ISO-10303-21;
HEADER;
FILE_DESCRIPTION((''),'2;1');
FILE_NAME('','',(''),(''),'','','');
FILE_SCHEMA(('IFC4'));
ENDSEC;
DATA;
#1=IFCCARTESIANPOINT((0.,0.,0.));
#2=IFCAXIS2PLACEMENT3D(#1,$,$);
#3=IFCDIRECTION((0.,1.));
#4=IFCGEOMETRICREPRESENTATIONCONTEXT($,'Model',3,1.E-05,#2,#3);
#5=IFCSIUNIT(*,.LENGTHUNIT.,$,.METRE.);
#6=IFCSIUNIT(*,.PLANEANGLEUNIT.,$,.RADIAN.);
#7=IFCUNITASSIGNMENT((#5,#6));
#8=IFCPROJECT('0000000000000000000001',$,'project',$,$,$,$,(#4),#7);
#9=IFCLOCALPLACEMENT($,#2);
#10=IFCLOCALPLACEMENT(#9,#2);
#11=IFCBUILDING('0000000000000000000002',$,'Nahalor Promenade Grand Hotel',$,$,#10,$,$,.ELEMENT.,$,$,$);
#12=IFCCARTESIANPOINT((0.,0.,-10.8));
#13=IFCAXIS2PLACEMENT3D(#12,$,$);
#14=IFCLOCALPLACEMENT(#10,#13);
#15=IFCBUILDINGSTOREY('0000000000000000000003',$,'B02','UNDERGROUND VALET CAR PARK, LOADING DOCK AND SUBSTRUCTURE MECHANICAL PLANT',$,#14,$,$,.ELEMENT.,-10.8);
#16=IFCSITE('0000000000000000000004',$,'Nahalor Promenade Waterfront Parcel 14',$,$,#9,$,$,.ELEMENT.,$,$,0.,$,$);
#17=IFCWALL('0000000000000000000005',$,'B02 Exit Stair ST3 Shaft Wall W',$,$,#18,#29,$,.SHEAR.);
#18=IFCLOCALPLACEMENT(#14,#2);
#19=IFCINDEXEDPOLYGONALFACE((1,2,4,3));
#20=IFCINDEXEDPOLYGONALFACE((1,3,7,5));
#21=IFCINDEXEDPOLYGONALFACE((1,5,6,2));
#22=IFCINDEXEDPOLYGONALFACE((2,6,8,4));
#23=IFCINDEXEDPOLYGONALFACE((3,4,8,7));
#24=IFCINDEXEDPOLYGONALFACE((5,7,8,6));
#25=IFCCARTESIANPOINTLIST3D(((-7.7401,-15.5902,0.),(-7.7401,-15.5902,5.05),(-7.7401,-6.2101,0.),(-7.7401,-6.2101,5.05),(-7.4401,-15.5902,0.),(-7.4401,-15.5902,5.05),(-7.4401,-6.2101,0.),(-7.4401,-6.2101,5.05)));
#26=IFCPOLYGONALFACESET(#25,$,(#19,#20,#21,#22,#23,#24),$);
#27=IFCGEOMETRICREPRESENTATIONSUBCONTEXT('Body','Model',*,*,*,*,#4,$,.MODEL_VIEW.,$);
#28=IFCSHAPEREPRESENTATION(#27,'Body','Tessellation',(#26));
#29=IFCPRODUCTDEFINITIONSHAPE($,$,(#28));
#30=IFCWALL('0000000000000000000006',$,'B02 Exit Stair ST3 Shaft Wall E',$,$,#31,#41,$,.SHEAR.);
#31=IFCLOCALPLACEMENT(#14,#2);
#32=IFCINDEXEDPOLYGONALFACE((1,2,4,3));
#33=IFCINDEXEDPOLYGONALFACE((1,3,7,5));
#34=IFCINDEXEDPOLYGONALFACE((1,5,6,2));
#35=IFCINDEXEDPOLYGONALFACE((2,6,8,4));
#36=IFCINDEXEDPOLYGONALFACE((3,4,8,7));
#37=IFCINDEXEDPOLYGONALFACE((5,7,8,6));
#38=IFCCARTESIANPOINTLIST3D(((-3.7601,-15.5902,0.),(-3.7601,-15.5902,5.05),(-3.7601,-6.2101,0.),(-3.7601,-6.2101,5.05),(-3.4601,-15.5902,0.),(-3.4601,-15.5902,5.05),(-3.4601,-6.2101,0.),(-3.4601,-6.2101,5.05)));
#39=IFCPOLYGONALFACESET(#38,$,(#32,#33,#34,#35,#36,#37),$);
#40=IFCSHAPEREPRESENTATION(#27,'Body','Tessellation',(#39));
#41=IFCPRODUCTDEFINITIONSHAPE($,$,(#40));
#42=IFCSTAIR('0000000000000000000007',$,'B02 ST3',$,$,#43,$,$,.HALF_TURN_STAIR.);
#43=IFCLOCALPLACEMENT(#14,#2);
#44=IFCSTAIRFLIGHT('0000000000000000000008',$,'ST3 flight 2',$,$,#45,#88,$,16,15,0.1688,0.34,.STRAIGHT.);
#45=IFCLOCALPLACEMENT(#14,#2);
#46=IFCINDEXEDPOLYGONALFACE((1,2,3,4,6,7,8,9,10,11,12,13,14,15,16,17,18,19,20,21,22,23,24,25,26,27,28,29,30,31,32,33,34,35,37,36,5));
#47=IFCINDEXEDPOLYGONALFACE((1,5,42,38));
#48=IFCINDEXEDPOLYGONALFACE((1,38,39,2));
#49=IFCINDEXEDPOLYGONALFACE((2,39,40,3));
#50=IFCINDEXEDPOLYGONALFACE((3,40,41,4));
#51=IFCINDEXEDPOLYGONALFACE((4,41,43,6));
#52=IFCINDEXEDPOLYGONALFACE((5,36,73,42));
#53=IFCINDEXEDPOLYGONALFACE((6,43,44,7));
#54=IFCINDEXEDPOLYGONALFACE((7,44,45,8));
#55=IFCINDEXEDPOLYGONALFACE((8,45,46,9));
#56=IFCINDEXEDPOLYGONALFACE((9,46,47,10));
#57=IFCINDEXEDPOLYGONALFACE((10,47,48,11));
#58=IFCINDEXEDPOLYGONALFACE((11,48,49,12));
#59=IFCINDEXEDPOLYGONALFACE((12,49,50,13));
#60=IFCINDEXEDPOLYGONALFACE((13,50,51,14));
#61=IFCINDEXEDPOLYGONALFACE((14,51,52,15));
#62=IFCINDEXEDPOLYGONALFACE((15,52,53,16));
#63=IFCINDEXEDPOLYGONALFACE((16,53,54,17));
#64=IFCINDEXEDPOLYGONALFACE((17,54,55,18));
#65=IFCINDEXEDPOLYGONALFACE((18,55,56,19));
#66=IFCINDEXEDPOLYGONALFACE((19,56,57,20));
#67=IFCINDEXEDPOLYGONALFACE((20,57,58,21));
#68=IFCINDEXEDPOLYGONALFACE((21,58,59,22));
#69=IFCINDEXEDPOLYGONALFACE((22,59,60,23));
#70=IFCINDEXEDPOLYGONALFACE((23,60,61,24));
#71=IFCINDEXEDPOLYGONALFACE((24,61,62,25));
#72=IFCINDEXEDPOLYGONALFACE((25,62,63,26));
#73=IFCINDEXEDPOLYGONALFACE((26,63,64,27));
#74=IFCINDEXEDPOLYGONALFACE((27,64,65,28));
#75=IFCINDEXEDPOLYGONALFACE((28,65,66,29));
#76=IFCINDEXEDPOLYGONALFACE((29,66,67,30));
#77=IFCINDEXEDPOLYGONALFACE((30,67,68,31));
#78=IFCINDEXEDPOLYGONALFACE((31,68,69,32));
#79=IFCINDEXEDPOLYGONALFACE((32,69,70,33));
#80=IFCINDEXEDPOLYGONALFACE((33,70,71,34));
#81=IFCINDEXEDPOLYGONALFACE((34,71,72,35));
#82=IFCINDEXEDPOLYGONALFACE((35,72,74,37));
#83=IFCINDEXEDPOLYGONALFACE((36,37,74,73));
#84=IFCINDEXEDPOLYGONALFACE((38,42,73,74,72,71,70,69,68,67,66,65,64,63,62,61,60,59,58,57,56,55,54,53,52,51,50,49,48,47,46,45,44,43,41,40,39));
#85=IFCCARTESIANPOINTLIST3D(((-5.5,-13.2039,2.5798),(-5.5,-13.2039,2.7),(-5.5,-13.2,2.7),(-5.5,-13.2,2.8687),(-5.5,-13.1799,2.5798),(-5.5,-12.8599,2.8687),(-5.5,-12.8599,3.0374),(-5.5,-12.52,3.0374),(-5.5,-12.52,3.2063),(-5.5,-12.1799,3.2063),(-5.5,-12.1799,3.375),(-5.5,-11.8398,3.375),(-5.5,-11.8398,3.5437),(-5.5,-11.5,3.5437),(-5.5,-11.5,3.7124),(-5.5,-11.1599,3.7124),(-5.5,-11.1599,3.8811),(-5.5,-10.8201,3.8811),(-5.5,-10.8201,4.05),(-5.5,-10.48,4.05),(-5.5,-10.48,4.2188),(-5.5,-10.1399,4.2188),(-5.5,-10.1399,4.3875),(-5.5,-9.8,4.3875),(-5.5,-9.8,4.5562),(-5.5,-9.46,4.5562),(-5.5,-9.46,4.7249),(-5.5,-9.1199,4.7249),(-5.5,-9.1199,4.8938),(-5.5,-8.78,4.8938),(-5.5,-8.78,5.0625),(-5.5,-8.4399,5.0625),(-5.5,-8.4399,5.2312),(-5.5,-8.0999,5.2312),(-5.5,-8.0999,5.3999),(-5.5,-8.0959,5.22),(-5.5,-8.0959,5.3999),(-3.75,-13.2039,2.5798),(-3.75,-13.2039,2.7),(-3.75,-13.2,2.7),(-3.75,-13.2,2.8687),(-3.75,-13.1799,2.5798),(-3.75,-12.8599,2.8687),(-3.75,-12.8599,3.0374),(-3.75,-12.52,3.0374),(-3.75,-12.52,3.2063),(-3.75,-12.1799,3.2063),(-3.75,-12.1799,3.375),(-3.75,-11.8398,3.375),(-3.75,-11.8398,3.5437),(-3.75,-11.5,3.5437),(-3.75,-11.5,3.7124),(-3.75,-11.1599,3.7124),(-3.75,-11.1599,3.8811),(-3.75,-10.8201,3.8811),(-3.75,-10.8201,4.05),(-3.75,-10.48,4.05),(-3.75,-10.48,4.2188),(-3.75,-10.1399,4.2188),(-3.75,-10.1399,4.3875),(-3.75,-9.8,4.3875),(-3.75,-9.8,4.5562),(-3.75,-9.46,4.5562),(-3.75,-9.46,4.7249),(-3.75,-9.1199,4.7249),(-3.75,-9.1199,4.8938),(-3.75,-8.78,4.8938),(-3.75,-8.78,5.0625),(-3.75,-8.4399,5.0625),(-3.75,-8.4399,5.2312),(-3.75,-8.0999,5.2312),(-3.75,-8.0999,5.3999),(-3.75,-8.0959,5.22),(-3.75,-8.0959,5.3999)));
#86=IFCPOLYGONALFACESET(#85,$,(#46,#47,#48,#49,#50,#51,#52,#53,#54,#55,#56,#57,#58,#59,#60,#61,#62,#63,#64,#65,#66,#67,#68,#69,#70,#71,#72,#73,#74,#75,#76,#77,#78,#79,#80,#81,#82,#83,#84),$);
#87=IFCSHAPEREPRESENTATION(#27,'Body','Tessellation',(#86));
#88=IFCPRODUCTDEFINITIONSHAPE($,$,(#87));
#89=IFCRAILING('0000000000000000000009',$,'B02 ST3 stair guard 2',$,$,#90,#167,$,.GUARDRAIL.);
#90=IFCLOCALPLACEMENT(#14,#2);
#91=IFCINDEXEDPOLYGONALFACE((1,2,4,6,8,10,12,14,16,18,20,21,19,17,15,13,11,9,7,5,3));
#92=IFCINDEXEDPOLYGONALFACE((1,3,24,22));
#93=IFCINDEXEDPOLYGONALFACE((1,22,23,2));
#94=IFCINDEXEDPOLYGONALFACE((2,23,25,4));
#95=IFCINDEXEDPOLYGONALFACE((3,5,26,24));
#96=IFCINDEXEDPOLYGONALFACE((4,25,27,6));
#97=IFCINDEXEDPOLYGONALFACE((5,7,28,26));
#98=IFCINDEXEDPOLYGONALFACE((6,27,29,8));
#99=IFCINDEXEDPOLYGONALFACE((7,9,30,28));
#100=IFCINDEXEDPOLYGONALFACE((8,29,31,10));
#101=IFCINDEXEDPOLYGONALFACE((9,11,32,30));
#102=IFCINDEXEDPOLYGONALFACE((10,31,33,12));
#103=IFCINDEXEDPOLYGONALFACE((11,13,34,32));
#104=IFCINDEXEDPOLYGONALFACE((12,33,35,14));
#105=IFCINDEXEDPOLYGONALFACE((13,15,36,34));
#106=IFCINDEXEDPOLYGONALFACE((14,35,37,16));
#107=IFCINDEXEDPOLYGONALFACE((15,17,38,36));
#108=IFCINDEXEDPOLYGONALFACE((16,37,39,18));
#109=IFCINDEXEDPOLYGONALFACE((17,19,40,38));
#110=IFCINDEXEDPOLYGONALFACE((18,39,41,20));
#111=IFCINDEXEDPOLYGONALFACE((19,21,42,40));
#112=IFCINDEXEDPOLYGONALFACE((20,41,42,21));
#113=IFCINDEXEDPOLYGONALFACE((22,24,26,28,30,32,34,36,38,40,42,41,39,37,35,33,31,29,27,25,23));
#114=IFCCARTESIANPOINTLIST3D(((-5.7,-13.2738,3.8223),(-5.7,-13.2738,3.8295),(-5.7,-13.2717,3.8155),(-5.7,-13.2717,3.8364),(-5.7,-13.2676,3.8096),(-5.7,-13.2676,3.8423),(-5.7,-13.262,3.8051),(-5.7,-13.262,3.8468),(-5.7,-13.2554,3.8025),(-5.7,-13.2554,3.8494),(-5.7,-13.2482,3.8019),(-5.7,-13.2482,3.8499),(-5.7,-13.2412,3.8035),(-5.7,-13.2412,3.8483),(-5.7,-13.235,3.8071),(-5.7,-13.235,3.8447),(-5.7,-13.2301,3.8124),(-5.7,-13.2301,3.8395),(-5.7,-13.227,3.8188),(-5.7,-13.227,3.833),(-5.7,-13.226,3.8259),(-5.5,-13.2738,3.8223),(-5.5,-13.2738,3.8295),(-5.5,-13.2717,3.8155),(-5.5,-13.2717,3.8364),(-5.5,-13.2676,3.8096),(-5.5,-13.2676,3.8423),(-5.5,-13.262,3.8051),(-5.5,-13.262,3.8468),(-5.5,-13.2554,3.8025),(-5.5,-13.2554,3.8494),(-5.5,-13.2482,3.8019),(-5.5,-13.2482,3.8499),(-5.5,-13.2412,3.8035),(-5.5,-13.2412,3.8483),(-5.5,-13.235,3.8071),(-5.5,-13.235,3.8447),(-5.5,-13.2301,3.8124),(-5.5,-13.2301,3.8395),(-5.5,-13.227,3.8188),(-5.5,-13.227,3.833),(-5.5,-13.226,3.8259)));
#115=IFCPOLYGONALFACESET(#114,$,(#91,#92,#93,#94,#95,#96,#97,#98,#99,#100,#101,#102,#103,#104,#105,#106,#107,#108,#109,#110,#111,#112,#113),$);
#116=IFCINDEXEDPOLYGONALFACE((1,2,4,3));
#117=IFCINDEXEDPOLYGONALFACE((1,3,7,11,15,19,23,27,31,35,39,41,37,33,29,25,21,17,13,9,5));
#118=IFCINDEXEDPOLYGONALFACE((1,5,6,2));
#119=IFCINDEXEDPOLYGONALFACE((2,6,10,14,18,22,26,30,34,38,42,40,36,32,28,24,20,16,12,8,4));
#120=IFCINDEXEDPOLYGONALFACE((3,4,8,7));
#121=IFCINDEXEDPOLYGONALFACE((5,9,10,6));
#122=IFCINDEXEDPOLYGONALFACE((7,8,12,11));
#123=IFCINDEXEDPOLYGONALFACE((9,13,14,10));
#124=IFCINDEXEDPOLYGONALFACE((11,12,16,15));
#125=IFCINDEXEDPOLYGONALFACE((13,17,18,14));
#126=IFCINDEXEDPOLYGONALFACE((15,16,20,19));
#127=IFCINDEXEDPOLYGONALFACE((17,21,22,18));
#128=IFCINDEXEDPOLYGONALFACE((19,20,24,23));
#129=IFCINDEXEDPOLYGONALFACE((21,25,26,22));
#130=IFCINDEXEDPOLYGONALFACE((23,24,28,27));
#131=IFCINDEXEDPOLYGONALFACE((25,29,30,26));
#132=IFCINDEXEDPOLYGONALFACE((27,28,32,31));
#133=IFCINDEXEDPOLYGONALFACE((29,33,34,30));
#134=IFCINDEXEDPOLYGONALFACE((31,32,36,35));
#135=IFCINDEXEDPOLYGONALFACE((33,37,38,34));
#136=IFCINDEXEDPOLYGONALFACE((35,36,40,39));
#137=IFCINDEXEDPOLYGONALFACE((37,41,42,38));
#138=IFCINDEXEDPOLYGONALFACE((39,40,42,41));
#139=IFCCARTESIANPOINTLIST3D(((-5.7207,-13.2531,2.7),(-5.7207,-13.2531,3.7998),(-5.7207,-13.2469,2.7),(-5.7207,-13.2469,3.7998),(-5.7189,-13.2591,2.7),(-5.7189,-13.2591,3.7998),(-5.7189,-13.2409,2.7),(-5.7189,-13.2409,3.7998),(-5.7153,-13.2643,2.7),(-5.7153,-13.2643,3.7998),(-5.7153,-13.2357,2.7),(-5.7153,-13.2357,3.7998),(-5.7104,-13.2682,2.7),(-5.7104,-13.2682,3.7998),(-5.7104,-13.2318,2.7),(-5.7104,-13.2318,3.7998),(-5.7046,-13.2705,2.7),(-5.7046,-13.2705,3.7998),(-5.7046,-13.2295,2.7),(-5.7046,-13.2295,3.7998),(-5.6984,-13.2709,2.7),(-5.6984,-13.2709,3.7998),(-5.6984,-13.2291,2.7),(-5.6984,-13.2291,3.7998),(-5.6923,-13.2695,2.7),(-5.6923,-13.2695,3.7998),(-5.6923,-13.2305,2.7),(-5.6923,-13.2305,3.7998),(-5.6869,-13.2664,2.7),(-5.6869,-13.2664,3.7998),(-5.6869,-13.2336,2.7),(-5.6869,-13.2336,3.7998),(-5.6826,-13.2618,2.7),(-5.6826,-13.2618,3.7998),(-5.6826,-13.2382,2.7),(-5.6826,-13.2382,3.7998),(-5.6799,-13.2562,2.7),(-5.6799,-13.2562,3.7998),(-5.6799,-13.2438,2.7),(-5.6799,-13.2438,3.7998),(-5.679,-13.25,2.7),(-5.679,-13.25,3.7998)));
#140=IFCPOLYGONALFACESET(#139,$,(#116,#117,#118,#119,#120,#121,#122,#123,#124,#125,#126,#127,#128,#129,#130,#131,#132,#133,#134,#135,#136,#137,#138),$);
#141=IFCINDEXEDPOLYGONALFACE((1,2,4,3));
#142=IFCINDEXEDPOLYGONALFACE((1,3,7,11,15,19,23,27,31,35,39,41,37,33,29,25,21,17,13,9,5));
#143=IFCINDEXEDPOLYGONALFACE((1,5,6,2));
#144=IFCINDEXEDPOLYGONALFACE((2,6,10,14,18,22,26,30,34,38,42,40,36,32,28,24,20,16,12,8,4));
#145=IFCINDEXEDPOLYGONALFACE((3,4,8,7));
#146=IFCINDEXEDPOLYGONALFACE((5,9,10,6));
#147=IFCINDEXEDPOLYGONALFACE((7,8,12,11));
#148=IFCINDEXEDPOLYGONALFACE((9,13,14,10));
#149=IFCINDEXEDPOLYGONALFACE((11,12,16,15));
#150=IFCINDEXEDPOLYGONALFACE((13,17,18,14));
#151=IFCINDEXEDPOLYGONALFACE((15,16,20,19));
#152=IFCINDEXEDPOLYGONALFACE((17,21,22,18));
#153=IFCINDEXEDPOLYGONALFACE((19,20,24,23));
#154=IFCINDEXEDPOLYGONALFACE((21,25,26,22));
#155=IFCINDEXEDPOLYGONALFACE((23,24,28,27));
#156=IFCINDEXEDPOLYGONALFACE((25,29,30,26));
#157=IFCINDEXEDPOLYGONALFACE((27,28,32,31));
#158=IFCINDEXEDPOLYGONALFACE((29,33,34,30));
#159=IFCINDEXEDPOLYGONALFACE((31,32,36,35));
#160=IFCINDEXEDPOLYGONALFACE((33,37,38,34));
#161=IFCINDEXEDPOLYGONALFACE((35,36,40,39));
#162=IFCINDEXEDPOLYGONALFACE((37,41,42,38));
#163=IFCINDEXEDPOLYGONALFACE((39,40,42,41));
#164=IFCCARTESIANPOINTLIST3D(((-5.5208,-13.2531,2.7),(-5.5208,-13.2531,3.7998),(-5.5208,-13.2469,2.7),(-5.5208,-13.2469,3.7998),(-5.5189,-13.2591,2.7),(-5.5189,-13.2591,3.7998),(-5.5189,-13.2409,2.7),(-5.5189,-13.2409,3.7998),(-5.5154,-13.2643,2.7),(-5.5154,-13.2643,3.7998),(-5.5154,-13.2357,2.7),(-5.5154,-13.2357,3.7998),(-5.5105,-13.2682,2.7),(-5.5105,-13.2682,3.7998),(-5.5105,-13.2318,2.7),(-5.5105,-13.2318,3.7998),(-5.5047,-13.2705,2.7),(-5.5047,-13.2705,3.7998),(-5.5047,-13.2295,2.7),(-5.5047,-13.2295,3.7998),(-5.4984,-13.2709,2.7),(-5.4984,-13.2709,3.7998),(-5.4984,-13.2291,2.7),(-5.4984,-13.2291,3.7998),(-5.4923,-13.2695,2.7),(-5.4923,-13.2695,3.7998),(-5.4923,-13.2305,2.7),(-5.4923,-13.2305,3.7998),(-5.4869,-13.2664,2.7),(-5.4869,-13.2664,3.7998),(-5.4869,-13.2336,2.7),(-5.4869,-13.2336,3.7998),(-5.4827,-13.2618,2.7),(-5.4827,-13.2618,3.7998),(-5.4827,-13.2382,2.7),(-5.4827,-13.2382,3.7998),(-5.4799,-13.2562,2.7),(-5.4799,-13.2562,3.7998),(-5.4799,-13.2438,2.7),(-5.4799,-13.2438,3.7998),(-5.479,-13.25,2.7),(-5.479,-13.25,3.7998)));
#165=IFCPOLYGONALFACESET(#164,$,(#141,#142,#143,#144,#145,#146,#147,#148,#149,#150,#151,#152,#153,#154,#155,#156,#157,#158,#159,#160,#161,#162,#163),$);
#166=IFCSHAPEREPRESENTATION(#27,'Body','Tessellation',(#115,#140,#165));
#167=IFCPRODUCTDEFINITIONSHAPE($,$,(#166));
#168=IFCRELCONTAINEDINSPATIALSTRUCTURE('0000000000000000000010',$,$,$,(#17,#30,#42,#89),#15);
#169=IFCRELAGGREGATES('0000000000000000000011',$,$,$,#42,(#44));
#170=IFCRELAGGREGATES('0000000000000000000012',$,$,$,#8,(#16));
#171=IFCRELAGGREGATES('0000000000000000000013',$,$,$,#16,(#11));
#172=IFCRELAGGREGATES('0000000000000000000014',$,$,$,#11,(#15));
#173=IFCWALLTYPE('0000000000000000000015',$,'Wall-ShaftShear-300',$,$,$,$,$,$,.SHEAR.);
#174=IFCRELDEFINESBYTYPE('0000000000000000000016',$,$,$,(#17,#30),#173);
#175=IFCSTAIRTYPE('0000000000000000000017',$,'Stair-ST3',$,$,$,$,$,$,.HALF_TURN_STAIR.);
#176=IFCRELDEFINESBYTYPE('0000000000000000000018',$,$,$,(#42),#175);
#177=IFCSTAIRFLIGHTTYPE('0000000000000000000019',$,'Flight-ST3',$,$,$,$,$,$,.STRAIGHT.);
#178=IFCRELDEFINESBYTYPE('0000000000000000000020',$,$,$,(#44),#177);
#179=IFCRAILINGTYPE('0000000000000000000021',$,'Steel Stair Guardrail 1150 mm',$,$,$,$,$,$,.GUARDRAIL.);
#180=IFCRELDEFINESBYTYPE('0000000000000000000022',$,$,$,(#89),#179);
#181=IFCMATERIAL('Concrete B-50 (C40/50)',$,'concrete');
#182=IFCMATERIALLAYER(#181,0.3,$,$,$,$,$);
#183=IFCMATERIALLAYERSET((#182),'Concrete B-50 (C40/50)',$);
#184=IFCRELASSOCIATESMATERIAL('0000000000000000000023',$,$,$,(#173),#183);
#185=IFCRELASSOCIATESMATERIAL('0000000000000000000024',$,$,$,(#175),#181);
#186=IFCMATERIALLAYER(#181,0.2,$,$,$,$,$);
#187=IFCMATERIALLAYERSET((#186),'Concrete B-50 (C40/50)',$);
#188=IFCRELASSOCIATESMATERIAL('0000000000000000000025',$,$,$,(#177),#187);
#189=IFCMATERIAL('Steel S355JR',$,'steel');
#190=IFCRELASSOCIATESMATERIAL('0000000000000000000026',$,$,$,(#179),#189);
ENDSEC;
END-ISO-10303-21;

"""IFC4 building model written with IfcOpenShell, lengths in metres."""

from ifc_helpers import new_model, si_unit, direction, frame, frame_2d, origin, origin_2d, place, context, subcontext, project, spatial, polyline, rectangle, circle, outline, extrude, source, transform, mapped, material, layer, layer_set, type_object, element, aggregate, save


model = new_model("IFC4")

# Units and contexts
model_context = context("Model", 3, precision=1e-05, world=origin(), true_north=direction((0.0, 1.0)))
body_context = subcontext(model_context, "Body", "Model", "MODEL_VIEW")
ifc_project = project(units=[si_unit("LENGTHUNIT", "METRE"), si_unit("PLANEANGLEUNIT", "RADIAN")], contexts=[model_context])

# Site, building, storey
site_placement = place(None, origin())
site = spatial("IfcSite", under=ifc_project, at=site_placement, Name="Nahalor Promenade Waterfront Parcel 14", CompositionType="ELEMENT", RefElevation=0.0)
building_placement = place(site_placement, origin())
building = spatial("IfcBuilding", under=site, at=building_placement, Name="Nahalor Promenade Grand Hotel", CompositionType="ELEMENT")
storey_placement = place(building_placement, frame((0.0, 0.0, -10.8)))
storey = spatial("IfcBuildingStorey", under=building, at=storey_placement, Name="B02", Description="UNDERGROUND VALET CAR PARK, LOADING DOCK AND SUBSTRUCTURE MECHANICAL PLANT", CompositionType="ELEMENT", Elevation=-10.8)

# Shared definitions
ifc_material_1 = material(Name="Concrete B-50 (C40/50)", Category="concrete")

# Shared definitions
ifc_material_2 = material(Name="Steel S355JR", Category="steel")

# Walls
ifc_layer_1 = layer(ifc_material_1, 0.3)
ifc_layer_set_1 = layer_set([ifc_layer_1], Name="Concrete B-50 (C40/50)")
wall_type = type_object("IfcWallType", Name="Wall-ShaftShear-300", PredefinedType="SHEAR", material=ifc_layer_set_1)
shared_shape_1 = source(origin(), body_context, "Body", "SweptSolid", [
    extrude(rectangle(XDim=9.3801, YDim=0.3, at=frame_2d((4.6899, 0.0))), origin(), (0.0, 0.0, 1.0), 5.05),
])
for number, where, z_axis, x_axis, name in (
    (1, (-7.5901, -15.5901, 0.0), (0.0, 0.0, 1.0), (0.0, 1.0, 0.0), "B02 Exit Stair ST3 Shaft Wall W"),
    (2, (-3.6101, -15.5901, 0.0), (0.0, 0.0, 1.0), (0.0, 1.0, 0.0), "B02 Exit Stair ST3 Shaft Wall E"),
):
    element("IfcWall", number, at=place(storey_placement, frame(where, z_axis=z_axis, x_axis=x_axis)), inside=storey, type_object=wall_type, Name=name, PredefinedType="SHEAR", context=body_context, shape_type="MappedRepresentation", body=[
        mapped(shared_shape_1, transform((0.0, 0.0, 0.0), scale=1.0)),
    ])

# Stair, stair flight
stair_type = type_object("IfcStairType", Name="Stair-ST3", PredefinedType="HALF_TURN_STAIR", material=ifc_material_1)
stair_placement = place(storey_placement, origin())
stair = element("IfcStair", 3, at=stair_placement, inside=storey, type_object=stair_type, Name="B02 ST3", PredefinedType="HALF_TURN_STAIR")
ifc_layer_2 = layer(ifc_material_1, 0.2)
ifc_layer_set_2 = layer_set([ifc_layer_2], Name="Concrete B-50 (C40/50)")
stair_flight_type = type_object("IfcStairFlightType", Name="Flight-ST3", PredefinedType="STRAIGHT", material=ifc_layer_set_2)
shared_shape_2 = source(origin(), body_context, "Body", "SweptSolid", [
    extrude(outline(polyline([(-0.0039, -0.1201), (-0.0039, 0.0), (0.0, 0.0), (0.0, 0.1687), (0.3401, 0.1687), (0.3401, 0.3374), (0.6799, 0.3374), (0.6799, 0.5063), (1.02, 0.5063), (1.02, 0.675), (1.3601, 0.675), (1.3601, 0.8438), (1.7, 0.8438), (1.7, 1.0125), (2.04, 1.0125), (2.04, 1.1812), (2.3799, 1.1812), (2.3799, 1.3501), (2.72, 1.3501), (2.72, 1.5188), (3.0601, 1.5188), (3.0601, 1.6875), (3.3999, 1.6875), (3.3999, 1.8562), (3.74, 1.8562), (3.74, 2.0249), (4.0801, 2.0249), (4.0801, 2.1938), (4.4199, 2.1938), (4.4199, 2.3625), (4.76, 2.3625), (4.76, 2.5312), (5.1001, 2.5312), (5.1001, 2.7), (5.104, 2.7), (5.104, 2.52), (0.02, -0.1201), (-0.0039, -0.1201)])), frame((0.0, 0.875, 0.0), z_axis=(0.0, -1.0, 0.0), x_axis=(1.0, 0.0, 0.0)), (0.0, 0.0, 1.0), 1.75),
])
stair_flight_placement = place(storey_placement, frame((-4.625, -13.2, 2.7), z_axis=(0.0, 0.0, 1.0), x_axis=(0.0, 1.0, 0.0)))
stair_flight = element("IfcStairFlight", 4, at=stair_flight_placement, type_object=stair_flight_type, Name="ST3 flight 2", NumberOfRisers=16, NumberOfTreads=15, PredefinedType="STRAIGHT", RiserHeight=0.1688, TreadLength=0.34, context=body_context, shape_type="MappedRepresentation", body=[
    mapped(shared_shape_2, transform((0.0, 0.0, 0.0), scale=1.0)),
])
aggregate(stair, [stair_flight])

# Railing
railing_type_1 = type_object("IfcRailingType", Name="Steel Stair Guardrail 1150 mm", PredefinedType="GUARDRAIL", material=ifc_material_2)
railing_1_placement = place(storey_placement, frame((-5.7, -13.25, 2.7)))
element("IfcRailing", 5, at=railing_1_placement, inside=storey, type_object=railing_type_1, Name="B02 ST3 stair guard 2", PredefinedType="GUARDRAIL", context=body_context, shape_type="SweptSolid", body=[
    extrude(circle(Radius=0.024, at=origin_2d()), frame((0.0, 0.0, 1.126), z_axis=(1.0, 0.0, 0.0), x_axis=(0.0, 1.0, 0.0)), (0.0, 0.0, 1.0), 0.2),
    extrude(circle(Radius=0.021, at=origin_2d()), origin(), (0.0, 0.0, 1.0), 1.0999),
    extrude(circle(Radius=0.021, at=origin_2d()), frame((0.2, 0.0, 0.0)), (0.0, 0.0, 1.0), 1.0999),
])

save(model, "model.ifc")
